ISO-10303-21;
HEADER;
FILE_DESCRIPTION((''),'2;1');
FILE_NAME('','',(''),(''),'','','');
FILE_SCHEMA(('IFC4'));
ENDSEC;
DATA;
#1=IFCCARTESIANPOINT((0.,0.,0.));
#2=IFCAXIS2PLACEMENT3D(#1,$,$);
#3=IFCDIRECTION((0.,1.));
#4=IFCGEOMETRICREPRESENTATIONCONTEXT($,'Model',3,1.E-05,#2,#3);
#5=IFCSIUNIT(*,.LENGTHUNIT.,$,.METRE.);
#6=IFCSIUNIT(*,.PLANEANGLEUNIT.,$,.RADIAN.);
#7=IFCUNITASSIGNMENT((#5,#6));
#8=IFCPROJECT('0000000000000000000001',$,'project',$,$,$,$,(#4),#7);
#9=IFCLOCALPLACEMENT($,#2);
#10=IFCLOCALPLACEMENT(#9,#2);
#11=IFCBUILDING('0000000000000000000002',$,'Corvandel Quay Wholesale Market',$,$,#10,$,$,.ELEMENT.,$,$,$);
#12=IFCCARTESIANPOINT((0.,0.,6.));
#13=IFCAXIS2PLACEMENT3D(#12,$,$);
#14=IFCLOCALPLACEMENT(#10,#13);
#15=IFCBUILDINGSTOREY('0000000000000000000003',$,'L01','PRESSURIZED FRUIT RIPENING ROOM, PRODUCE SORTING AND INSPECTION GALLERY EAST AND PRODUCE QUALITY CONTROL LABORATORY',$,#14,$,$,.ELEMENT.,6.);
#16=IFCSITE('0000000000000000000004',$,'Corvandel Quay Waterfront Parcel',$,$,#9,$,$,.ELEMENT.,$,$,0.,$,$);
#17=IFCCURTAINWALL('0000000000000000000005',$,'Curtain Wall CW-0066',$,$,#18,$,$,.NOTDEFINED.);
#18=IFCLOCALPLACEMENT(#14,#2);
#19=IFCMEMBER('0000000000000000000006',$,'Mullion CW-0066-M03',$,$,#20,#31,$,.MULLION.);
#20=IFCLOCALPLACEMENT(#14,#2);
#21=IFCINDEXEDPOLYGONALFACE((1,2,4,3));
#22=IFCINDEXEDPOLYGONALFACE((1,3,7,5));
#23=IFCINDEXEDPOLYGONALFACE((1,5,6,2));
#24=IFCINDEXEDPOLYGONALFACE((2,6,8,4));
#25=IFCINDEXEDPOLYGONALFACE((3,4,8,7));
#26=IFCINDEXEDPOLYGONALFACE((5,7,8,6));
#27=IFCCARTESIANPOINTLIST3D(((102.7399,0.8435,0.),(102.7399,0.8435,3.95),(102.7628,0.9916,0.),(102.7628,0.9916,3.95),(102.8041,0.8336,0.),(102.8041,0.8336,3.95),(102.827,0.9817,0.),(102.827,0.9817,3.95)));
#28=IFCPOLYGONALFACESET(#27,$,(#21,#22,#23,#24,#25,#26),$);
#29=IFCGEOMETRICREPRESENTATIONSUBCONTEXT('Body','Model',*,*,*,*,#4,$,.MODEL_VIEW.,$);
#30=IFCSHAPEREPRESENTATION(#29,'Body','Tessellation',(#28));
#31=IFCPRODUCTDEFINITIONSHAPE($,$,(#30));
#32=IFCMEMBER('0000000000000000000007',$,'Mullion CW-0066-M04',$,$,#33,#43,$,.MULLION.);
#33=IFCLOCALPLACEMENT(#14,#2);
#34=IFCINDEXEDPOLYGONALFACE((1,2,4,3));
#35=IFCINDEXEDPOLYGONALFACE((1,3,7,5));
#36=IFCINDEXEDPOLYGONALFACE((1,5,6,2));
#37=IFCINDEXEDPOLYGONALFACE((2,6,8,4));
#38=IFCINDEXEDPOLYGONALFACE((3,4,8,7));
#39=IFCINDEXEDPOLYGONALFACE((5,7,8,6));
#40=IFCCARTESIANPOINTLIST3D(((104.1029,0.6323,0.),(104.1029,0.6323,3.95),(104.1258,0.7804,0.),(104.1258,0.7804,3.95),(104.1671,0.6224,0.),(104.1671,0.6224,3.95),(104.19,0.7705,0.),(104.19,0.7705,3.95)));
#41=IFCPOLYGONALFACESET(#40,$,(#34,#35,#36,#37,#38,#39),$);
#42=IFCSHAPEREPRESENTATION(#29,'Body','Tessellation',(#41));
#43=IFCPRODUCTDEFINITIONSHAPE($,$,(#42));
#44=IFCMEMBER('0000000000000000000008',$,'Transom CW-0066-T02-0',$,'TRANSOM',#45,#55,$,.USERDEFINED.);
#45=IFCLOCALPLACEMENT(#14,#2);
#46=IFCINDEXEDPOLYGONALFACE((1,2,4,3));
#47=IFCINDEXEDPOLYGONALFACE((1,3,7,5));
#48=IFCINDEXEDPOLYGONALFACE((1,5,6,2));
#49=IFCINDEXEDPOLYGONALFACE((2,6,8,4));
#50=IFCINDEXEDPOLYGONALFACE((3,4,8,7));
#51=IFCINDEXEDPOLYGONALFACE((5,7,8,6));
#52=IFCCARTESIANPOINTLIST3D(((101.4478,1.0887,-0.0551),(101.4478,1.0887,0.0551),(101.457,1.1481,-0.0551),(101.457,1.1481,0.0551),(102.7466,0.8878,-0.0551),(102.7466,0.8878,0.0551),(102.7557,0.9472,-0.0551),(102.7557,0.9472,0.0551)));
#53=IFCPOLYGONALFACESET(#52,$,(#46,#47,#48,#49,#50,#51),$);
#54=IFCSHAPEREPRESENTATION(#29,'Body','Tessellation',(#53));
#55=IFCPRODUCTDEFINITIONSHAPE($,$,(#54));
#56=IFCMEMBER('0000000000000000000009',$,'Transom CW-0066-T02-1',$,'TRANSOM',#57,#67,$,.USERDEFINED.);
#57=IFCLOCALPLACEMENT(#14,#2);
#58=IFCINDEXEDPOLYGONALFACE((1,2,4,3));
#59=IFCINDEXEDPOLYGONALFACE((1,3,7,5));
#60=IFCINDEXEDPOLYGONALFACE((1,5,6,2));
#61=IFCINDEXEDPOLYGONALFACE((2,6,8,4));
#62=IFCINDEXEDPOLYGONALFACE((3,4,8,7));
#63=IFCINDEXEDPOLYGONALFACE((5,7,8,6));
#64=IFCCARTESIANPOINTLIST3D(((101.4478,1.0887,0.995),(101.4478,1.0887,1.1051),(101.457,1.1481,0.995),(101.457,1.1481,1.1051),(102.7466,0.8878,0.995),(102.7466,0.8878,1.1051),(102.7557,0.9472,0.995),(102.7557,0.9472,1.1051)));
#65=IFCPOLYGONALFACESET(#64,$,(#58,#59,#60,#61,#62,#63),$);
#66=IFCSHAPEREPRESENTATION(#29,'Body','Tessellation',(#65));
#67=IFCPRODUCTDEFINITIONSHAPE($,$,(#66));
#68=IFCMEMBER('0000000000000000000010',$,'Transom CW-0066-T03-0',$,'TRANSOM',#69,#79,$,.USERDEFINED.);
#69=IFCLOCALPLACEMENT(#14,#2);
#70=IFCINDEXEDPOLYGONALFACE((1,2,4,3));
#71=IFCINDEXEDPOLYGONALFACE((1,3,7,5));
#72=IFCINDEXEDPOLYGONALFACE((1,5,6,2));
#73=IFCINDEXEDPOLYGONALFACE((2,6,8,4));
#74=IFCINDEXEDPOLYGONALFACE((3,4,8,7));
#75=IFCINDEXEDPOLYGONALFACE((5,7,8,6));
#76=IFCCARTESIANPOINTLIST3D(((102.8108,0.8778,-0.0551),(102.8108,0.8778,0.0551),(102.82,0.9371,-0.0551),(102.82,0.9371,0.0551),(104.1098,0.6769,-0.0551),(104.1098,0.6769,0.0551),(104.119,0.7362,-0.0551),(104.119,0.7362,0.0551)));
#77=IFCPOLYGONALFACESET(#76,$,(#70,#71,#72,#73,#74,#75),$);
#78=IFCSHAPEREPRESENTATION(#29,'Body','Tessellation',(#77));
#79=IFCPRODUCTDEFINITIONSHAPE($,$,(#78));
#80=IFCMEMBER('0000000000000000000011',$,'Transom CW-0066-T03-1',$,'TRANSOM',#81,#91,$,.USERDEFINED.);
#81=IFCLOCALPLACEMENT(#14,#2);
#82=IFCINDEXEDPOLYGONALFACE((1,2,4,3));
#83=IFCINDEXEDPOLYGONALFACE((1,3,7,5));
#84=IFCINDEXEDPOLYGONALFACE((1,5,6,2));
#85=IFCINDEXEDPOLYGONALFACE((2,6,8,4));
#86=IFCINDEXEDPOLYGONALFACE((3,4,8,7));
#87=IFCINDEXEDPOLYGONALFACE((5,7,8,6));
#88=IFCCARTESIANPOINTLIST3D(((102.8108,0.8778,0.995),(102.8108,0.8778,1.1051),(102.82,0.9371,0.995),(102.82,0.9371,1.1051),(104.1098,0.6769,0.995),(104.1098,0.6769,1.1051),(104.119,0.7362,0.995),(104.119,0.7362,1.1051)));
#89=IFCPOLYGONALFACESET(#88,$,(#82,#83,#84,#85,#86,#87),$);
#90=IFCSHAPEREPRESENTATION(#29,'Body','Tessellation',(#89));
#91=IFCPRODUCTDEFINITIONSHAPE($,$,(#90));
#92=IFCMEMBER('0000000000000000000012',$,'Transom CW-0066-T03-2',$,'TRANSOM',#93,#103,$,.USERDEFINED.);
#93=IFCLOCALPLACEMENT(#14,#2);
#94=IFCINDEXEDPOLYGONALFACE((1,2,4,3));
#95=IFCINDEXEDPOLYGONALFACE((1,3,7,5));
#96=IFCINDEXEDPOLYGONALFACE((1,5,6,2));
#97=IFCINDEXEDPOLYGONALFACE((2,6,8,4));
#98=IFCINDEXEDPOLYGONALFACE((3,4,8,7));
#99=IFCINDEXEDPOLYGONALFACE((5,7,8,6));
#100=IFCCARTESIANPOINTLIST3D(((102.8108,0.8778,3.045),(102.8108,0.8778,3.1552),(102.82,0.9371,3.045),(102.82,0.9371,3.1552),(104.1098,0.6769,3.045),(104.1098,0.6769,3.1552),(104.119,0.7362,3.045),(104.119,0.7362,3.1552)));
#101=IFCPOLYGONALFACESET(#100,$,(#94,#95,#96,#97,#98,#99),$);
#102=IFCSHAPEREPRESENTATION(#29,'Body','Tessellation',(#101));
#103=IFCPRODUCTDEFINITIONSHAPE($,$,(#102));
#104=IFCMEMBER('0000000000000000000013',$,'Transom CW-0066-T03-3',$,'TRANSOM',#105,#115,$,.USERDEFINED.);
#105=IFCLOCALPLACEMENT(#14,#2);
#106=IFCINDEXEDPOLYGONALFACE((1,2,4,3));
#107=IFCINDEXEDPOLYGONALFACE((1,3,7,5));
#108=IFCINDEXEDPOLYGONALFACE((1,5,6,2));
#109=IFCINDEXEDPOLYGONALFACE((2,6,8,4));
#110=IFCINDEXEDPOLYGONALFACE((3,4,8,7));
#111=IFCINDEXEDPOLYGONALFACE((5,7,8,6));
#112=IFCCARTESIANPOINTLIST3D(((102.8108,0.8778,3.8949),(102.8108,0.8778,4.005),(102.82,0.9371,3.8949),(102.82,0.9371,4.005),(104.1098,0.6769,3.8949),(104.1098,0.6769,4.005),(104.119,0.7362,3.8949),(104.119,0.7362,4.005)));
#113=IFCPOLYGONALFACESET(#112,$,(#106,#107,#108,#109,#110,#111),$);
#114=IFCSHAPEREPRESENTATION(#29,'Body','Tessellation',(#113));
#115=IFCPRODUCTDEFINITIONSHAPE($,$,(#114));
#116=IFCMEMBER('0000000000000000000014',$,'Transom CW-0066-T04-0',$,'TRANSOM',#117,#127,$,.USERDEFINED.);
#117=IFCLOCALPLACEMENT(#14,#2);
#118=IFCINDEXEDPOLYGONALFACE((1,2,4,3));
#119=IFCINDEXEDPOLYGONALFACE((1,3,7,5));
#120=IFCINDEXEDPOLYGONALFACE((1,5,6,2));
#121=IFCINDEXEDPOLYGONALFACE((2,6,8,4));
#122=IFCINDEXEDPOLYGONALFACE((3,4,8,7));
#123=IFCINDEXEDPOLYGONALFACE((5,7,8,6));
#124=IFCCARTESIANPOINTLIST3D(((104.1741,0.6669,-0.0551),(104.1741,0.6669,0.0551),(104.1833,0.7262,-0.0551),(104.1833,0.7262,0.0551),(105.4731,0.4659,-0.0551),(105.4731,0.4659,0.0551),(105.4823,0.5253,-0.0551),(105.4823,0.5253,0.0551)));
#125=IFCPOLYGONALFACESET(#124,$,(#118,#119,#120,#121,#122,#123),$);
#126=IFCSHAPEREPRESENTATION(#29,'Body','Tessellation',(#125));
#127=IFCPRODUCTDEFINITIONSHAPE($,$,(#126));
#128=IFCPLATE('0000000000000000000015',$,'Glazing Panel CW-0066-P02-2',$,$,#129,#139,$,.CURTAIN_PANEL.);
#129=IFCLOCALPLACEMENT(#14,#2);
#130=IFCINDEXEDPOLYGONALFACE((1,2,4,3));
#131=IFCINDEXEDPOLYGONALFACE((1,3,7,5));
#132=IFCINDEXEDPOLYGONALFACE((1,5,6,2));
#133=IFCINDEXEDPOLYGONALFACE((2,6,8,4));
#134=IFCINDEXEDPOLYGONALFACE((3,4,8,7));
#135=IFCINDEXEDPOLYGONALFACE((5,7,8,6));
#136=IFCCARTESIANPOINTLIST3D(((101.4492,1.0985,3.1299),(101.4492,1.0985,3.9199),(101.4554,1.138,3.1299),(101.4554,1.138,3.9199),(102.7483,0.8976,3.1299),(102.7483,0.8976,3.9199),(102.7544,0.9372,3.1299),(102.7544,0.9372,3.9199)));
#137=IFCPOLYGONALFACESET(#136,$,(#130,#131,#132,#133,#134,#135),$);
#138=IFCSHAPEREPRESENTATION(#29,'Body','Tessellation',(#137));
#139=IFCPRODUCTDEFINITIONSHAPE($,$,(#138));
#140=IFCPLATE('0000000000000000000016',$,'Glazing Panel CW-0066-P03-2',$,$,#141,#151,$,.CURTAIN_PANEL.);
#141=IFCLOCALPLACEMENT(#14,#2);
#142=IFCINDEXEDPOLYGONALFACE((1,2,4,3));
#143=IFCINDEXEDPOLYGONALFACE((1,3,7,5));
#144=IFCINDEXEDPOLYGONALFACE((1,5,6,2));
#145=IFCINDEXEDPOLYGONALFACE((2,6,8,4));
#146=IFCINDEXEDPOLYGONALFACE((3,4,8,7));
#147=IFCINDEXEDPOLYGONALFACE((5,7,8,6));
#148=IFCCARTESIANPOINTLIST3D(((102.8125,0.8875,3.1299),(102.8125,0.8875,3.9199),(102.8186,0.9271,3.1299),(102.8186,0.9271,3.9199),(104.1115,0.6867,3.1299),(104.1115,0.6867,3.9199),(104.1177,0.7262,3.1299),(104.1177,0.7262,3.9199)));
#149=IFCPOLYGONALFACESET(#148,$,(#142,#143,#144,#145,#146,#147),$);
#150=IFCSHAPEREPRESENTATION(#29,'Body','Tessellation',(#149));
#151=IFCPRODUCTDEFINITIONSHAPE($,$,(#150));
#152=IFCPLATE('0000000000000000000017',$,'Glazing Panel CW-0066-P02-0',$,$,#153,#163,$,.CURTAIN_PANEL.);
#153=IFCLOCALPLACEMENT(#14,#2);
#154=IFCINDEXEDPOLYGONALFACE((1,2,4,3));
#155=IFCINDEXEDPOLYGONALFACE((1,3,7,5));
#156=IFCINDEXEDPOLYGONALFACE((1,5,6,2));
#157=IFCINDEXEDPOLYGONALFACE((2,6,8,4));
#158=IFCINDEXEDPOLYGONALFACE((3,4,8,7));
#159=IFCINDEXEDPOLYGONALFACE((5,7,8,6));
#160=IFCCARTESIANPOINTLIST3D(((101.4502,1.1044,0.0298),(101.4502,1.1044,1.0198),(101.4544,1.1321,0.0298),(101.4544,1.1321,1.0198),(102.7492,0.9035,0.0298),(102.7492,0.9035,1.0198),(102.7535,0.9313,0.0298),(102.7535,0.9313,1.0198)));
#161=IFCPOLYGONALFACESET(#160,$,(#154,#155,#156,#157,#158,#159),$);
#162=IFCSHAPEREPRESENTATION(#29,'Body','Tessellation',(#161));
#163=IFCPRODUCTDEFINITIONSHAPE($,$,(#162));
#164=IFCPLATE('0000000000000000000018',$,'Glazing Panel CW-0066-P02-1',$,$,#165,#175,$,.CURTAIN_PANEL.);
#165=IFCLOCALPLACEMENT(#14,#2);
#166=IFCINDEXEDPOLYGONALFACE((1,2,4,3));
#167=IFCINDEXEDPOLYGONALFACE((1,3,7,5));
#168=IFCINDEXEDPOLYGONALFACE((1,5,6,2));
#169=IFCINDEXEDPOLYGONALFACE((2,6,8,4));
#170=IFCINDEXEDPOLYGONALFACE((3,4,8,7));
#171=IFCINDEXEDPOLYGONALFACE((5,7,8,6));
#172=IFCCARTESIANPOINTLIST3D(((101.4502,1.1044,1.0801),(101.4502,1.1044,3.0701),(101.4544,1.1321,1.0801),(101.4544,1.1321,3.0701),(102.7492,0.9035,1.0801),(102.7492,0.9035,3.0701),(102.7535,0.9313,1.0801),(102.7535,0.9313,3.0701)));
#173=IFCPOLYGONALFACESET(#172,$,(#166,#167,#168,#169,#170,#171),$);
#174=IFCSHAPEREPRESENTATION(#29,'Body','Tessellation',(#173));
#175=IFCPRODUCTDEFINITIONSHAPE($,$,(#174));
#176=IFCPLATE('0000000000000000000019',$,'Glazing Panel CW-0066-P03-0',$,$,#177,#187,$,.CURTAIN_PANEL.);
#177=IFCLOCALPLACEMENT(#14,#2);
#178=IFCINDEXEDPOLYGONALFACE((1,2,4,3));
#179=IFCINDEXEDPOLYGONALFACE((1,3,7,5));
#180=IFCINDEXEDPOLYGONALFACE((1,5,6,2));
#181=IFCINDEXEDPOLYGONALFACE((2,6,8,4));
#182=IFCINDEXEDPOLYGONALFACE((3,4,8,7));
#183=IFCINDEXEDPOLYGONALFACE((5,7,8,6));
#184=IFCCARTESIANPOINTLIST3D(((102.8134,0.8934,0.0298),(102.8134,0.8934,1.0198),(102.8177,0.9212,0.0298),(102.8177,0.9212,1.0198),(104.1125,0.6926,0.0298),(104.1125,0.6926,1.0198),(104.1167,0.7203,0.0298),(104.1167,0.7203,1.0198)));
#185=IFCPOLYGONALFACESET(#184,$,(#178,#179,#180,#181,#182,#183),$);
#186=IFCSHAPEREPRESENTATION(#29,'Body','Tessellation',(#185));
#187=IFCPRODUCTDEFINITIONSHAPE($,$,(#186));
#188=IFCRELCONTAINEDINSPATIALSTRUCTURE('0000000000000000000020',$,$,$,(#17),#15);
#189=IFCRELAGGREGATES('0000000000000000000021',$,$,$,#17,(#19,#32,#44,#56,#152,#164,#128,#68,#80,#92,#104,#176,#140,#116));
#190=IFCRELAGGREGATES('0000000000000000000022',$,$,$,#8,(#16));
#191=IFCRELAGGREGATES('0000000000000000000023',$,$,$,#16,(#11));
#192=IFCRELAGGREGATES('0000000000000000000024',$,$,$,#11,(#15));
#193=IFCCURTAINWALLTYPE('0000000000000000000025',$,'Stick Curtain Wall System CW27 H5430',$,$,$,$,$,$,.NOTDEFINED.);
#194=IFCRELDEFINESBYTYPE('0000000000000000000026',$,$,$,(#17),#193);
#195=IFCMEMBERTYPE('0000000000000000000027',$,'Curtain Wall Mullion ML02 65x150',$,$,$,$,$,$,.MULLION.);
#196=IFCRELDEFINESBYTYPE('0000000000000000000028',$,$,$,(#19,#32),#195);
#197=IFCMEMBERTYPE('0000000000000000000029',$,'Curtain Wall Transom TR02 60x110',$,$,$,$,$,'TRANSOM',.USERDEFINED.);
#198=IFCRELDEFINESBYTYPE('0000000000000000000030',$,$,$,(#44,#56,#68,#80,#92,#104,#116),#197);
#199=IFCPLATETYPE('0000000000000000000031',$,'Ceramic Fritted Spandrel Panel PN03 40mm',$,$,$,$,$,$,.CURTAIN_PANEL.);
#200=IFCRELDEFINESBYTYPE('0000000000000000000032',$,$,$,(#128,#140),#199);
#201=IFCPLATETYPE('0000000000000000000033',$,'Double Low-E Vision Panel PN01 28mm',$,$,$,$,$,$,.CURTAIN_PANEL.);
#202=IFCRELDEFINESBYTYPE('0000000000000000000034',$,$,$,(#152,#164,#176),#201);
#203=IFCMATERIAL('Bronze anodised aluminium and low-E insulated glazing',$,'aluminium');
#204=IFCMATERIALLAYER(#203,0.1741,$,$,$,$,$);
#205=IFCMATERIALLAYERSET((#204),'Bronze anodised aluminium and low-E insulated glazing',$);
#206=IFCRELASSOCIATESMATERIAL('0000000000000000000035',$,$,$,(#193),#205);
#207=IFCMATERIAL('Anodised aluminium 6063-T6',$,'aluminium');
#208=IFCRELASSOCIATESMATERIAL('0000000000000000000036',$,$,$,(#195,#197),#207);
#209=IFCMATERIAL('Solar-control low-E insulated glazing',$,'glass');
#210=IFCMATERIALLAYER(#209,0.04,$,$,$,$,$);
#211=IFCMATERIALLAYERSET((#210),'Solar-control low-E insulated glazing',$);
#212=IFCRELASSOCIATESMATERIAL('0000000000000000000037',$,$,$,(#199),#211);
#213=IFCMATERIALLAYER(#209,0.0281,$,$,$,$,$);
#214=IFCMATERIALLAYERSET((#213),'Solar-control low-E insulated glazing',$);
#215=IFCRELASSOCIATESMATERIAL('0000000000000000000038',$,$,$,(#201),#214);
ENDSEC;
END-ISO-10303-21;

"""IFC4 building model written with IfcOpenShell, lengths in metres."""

from ifc_helpers import new_model, si_unit, direction, frame, origin, origin_2d, place, context, subcontext, project, spatial, rectangle, extrude, material, layer, layer_set, material_profile, profile_set, type_object, element, aggregate, save


model = new_model("IFC4")

# Units and contexts
model_context = context("Model", 3, precision=1e-05, world=origin(), true_north=direction((0.0, 1.0)))
body_context = subcontext(model_context, "Body", "Model", "MODEL_VIEW")
ifc_project = project(units=[si_unit("LENGTHUNIT", "METRE"), si_unit("PLANEANGLEUNIT", "RADIAN")], contexts=[model_context])

# Site, building, storey
site_placement = place(None, origin())
site = spatial("IfcSite", under=ifc_project, at=site_placement, Name="Corvandel Quay Waterfront Parcel", CompositionType="ELEMENT", RefElevation=0.0)
building_placement = place(site_placement, origin())
building = spatial("IfcBuilding", under=site, at=building_placement, Name="Corvandel Quay Wholesale Market", CompositionType="ELEMENT")
storey_placement = place(building_placement, frame((0.0, 0.0, 6.0)))
storey = spatial("IfcBuildingStorey", under=building, at=storey_placement, Name="L01", Description="PRESSURIZED FRUIT RIPENING ROOM, PRODUCE SORTING AND INSPECTION GALLERY EAST AND PRODUCE QUALITY CONTROL LABORATORY", CompositionType="ELEMENT", Elevation=6.0)

# Curtain wall, members, plates
ifc_material_1 = material(Name="Bronze anodised aluminium and low-E insulated glazing", Category="aluminium")
ifc_layer_1 = layer(ifc_material_1, 0.1741)
ifc_layer_set_1 = layer_set([ifc_layer_1], Name="Bronze anodised aluminium and low-E insulated glazing")
curtain_wall_type = type_object("IfcCurtainWallType", Name="Stick Curtain Wall System CW27 H5430", PredefinedType="NOTDEFINED", material=ifc_layer_set_1)
curtain_wall_placement = place(storey_placement, origin())
curtain_wall = element("IfcCurtainWall", 1, at=curtain_wall_placement, inside=storey, type_object=curtain_wall_type, Name="Curtain Wall CW-0066", PredefinedType="NOTDEFINED")
ifc_material_2 = material(Name="Anodised aluminium 6063-T6", Category="aluminium")
ifc_material_profile_1 = material_profile(ifc_material_2, rectangle(XDim=0.0649, YDim=0.1499, at=origin_2d()), Name="ALU-MUL-65x150")
ifc_profile_set_1 = profile_set([ifc_material_profile_1], Name="Anodised aluminium 6063-T6")
member_type_1 = type_object("IfcMemberType", Name="Curtain Wall Mullion ML02 65x150", PredefinedType="MULLION", material=ifc_profile_set_1)
member_1_placement = place(storey_placement, frame((102.7834, 0.9126, 0.0), z_axis=(0.0, 0.0, 1.0), x_axis=(-0.988255, 0.152813, 0.0)))
member_1 = element("IfcMember", 2, at=member_1_placement, type_object=member_type_1, Name="Mullion CW-0066-M03", PredefinedType="MULLION", context=body_context, shape_type="SweptSolid", body=[
    extrude(rectangle(XDim=0.0649, YDim=0.1499, at=origin_2d()), origin(), (0.0, 0.0, 1.0), 3.95),
])
member_2_placement = place(storey_placement, frame((104.1465, 0.7014, 0.0), z_axis=(0.0, 0.0, 1.0), x_axis=(-0.988255, 0.152813, 0.0)))
member_2 = element("IfcMember", 3, at=member_2_placement, type_object=member_type_1, Name="Mullion CW-0066-M04", PredefinedType="MULLION", context=body_context, shape_type="SweptSolid", body=[
    extrude(rectangle(XDim=0.0649, YDim=0.1499, at=origin_2d()), origin(), (0.0, 0.0, 1.0), 3.95),
])
ifc_material_profile_2 = material_profile(ifc_material_2, rectangle(XDim=0.0601, YDim=0.1101, at=origin_2d()), Name="ALU-TRN-60x110")
ifc_profile_set_2 = profile_set([ifc_material_profile_2], Name="Anodised aluminium 6063-T6")
member_type_2 = type_object("IfcMemberType", Name="Curtain Wall Transom TR02 60x110", ElementType="TRANSOM", PredefinedType="USERDEFINED", material=ifc_profile_set_2)
member_3_placement = place(storey_placement, frame((101.4524, 1.1184, 0.0), z_axis=(0.988245, -0.152881, 0.0), x_axis=(0.152881, 0.988245, 0.0)))
member_3 = element("IfcMember", 4, at=member_3_placement, type_object=member_type_2, Name="Transom CW-0066-T02-0", ObjectType="TRANSOM", PredefinedType="USERDEFINED", context=body_context, shape_type="SweptSolid", body=[
    extrude(rectangle(XDim=0.0601, YDim=0.1101, at=origin_2d()), origin(), (0.0, 0.0, 1.0), 1.3142),
])
member_4_placement = place(storey_placement, frame((101.4524, 1.1184, 1.05), z_axis=(0.988245, -0.152881, 0.0), x_axis=(0.152881, 0.988245, 0.0)))
member_4 = element("IfcMember", 5, at=member_4_placement, type_object=member_type_2, Name="Transom CW-0066-T02-1", ObjectType="TRANSOM", PredefinedType="USERDEFINED", context=body_context, shape_type="SweptSolid", body=[
    extrude(rectangle(XDim=0.0601, YDim=0.1101, at=origin_2d()), origin(), (0.0, 0.0, 1.0), 1.3142),
])
member_5_placement = place(storey_placement, frame((102.8154, 0.9075, 0.0), z_axis=(0.988249, -0.152853, 0.0), x_axis=(0.152853, 0.988249, 0.0)))
member_5 = element("IfcMember", 6, at=member_5_placement, type_object=member_type_2, Name="Transom CW-0066-T03-0", ObjectType="TRANSOM", PredefinedType="USERDEFINED", context=body_context, shape_type="SweptSolid", body=[
    extrude(rectangle(XDim=0.0601, YDim=0.1101, at=origin_2d()), origin(), (0.0, 0.0, 1.0), 1.3145),
])
member_6_placement = place(storey_placement, frame((102.8154, 0.9075, 1.05), z_axis=(0.988249, -0.152853, 0.0), x_axis=(0.152853, 0.988249, 0.0)))
member_6 = element("IfcMember", 7, at=member_6_placement, type_object=member_type_2, Name="Transom CW-0066-T03-1", ObjectType="TRANSOM", PredefinedType="USERDEFINED", context=body_context, shape_type="SweptSolid", body=[
    extrude(rectangle(XDim=0.0601, YDim=0.1101, at=origin_2d()), origin(), (0.0, 0.0, 1.0), 1.3145),
])
member_7_placement = place(storey_placement, frame((102.8154, 0.9075, 3.1001), z_axis=(0.988249, -0.152853, 0.0), x_axis=(0.152853, 0.988249, 0.0)))
member_7 = element("IfcMember", 8, at=member_7_placement, type_object=member_type_2, Name="Transom CW-0066-T03-2", ObjectType="TRANSOM", PredefinedType="USERDEFINED", context=body_context, shape_type="SweptSolid", body=[
    extrude(rectangle(XDim=0.0601, YDim=0.1101, at=origin_2d()), origin(), (0.0, 0.0, 1.0), 1.3145),
])
member_8_placement = place(storey_placement, frame((102.8154, 0.9075, 3.95), z_axis=(0.988249, -0.152853, 0.0), x_axis=(0.152853, 0.988249, 0.0)))
member_8 = element("IfcMember", 9, at=member_8_placement, type_object=member_type_2, Name="Transom CW-0066-T03-3", ObjectType="TRANSOM", PredefinedType="USERDEFINED", context=body_context, shape_type="SweptSolid", body=[
    extrude(rectangle(XDim=0.0601, YDim=0.1101, at=origin_2d()), origin(), (0.0, 0.0, 1.0), 1.3145),
])
member_9_placement = place(storey_placement, frame((104.1787, 0.6965, 0.0), z_axis=(0.988249, -0.152853, 0.0), x_axis=(0.152853, 0.988249, 0.0)))
member_9 = element("IfcMember", 10, at=member_9_placement, type_object=member_type_2, Name="Transom CW-0066-T04-0", ObjectType="TRANSOM", PredefinedType="USERDEFINED", context=body_context, shape_type="SweptSolid", body=[
    extrude(rectangle(XDim=0.0601, YDim=0.1101, at=origin_2d()), origin(), (0.0, 0.0, 1.0), 1.3145),
])
ifc_material_3 = material(Name="Solar-control low-E insulated glazing", Category="glass")
ifc_layer_2 = layer(ifc_material_3, 0.04)
ifc_layer_set_2 = layer_set([ifc_layer_2], Name="Solar-control low-E insulated glazing")
plate_type_1 = type_object("IfcPlateType", Name="Ceramic Fritted Spandrel Panel PN03 40mm", PredefinedType="CURTAIN_PANEL", material=ifc_layer_set_2)
plate_1_placement = place(storey_placement, frame((102.1018, 1.0178, 3.1299), z_axis=(0.0, 0.0, 1.0), x_axis=(-0.988255, 0.152813, 0.0)))
plate_1 = element("IfcPlate", 11, at=plate_1_placement, type_object=plate_type_1, Name="Glazing Panel CW-0066-P02-2", PredefinedType="CURTAIN_PANEL", context=body_context, shape_type="SweptSolid", body=[
    extrude(rectangle(XDim=1.3145, YDim=0.04, at=origin_2d()), origin(), (0.0, 0.0, 1.0), 0.79),
])
plate_2_placement = place(storey_placement, frame((103.4651, 0.8069, 3.1299), z_axis=(0.0, 0.0, 1.0), x_axis=(-0.988255, 0.152813, 0.0)))
plate_2 = element("IfcPlate", 12, at=plate_2_placement, type_object=plate_type_1, Name="Glazing Panel CW-0066-P03-2", PredefinedType="CURTAIN_PANEL", context=body_context, shape_type="SweptSolid", body=[
    extrude(rectangle(XDim=1.3145, YDim=0.04, at=origin_2d()), origin(), (0.0, 0.0, 1.0), 0.79),
])
ifc_layer_3 = layer(ifc_material_3, 0.0281)
ifc_layer_set_3 = layer_set([ifc_layer_3], Name="Solar-control low-E insulated glazing")
plate_type_2 = type_object("IfcPlateType", Name="Double Low-E Vision Panel PN01 28mm", PredefinedType="CURTAIN_PANEL", material=ifc_layer_set_3)
plate_3_placement = place(storey_placement, frame((102.1018, 1.0178, 0.0298), z_axis=(0.0, 0.0, 1.0), x_axis=(-0.988255, 0.152813, 0.0)))
plate_3 = element("IfcPlate", 13, at=plate_3_placement, type_object=plate_type_2, Name="Glazing Panel CW-0066-P02-0", PredefinedType="CURTAIN_PANEL", context=body_context, shape_type="SweptSolid", body=[
    extrude(rectangle(XDim=1.3145, YDim=0.0281, at=origin_2d()), origin(), (0.0, 0.0, 1.0), 0.99),
])
plate_4_placement = place(storey_placement, frame((102.1018, 1.0178, 1.0801), z_axis=(0.0, 0.0, 1.0), x_axis=(-0.988255, 0.152813, 0.0)))
plate_4 = element("IfcPlate", 14, at=plate_4_placement, type_object=plate_type_2, Name="Glazing Panel CW-0066-P02-1", PredefinedType="CURTAIN_PANEL", context=body_context, shape_type="SweptSolid", body=[
    extrude(rectangle(XDim=1.3145, YDim=0.0281, at=origin_2d()), origin(), (0.0, 0.0, 1.0), 1.99),
])
plate_5_placement = place(storey_placement, frame((103.4651, 0.8069, 0.0298), z_axis=(0.0, 0.0, 1.0), x_axis=(-0.988255, 0.152813, 0.0)))
plate_5 = element("IfcPlate", 15, at=plate_5_placement, type_object=plate_type_2, Name="Glazing Panel CW-0066-P03-0", PredefinedType="CURTAIN_PANEL", context=body_context, shape_type="SweptSolid", body=[
    extrude(rectangle(XDim=1.3145, YDim=0.0281, at=origin_2d()), origin(), (0.0, 0.0, 1.0), 0.99),
])
aggregate(curtain_wall, [member_1, member_2, member_3, member_4, plate_3, plate_4, plate_1, member_5, member_6, member_7, member_8, plate_5, plate_2, member_9])

save(model, "model.ifc")
